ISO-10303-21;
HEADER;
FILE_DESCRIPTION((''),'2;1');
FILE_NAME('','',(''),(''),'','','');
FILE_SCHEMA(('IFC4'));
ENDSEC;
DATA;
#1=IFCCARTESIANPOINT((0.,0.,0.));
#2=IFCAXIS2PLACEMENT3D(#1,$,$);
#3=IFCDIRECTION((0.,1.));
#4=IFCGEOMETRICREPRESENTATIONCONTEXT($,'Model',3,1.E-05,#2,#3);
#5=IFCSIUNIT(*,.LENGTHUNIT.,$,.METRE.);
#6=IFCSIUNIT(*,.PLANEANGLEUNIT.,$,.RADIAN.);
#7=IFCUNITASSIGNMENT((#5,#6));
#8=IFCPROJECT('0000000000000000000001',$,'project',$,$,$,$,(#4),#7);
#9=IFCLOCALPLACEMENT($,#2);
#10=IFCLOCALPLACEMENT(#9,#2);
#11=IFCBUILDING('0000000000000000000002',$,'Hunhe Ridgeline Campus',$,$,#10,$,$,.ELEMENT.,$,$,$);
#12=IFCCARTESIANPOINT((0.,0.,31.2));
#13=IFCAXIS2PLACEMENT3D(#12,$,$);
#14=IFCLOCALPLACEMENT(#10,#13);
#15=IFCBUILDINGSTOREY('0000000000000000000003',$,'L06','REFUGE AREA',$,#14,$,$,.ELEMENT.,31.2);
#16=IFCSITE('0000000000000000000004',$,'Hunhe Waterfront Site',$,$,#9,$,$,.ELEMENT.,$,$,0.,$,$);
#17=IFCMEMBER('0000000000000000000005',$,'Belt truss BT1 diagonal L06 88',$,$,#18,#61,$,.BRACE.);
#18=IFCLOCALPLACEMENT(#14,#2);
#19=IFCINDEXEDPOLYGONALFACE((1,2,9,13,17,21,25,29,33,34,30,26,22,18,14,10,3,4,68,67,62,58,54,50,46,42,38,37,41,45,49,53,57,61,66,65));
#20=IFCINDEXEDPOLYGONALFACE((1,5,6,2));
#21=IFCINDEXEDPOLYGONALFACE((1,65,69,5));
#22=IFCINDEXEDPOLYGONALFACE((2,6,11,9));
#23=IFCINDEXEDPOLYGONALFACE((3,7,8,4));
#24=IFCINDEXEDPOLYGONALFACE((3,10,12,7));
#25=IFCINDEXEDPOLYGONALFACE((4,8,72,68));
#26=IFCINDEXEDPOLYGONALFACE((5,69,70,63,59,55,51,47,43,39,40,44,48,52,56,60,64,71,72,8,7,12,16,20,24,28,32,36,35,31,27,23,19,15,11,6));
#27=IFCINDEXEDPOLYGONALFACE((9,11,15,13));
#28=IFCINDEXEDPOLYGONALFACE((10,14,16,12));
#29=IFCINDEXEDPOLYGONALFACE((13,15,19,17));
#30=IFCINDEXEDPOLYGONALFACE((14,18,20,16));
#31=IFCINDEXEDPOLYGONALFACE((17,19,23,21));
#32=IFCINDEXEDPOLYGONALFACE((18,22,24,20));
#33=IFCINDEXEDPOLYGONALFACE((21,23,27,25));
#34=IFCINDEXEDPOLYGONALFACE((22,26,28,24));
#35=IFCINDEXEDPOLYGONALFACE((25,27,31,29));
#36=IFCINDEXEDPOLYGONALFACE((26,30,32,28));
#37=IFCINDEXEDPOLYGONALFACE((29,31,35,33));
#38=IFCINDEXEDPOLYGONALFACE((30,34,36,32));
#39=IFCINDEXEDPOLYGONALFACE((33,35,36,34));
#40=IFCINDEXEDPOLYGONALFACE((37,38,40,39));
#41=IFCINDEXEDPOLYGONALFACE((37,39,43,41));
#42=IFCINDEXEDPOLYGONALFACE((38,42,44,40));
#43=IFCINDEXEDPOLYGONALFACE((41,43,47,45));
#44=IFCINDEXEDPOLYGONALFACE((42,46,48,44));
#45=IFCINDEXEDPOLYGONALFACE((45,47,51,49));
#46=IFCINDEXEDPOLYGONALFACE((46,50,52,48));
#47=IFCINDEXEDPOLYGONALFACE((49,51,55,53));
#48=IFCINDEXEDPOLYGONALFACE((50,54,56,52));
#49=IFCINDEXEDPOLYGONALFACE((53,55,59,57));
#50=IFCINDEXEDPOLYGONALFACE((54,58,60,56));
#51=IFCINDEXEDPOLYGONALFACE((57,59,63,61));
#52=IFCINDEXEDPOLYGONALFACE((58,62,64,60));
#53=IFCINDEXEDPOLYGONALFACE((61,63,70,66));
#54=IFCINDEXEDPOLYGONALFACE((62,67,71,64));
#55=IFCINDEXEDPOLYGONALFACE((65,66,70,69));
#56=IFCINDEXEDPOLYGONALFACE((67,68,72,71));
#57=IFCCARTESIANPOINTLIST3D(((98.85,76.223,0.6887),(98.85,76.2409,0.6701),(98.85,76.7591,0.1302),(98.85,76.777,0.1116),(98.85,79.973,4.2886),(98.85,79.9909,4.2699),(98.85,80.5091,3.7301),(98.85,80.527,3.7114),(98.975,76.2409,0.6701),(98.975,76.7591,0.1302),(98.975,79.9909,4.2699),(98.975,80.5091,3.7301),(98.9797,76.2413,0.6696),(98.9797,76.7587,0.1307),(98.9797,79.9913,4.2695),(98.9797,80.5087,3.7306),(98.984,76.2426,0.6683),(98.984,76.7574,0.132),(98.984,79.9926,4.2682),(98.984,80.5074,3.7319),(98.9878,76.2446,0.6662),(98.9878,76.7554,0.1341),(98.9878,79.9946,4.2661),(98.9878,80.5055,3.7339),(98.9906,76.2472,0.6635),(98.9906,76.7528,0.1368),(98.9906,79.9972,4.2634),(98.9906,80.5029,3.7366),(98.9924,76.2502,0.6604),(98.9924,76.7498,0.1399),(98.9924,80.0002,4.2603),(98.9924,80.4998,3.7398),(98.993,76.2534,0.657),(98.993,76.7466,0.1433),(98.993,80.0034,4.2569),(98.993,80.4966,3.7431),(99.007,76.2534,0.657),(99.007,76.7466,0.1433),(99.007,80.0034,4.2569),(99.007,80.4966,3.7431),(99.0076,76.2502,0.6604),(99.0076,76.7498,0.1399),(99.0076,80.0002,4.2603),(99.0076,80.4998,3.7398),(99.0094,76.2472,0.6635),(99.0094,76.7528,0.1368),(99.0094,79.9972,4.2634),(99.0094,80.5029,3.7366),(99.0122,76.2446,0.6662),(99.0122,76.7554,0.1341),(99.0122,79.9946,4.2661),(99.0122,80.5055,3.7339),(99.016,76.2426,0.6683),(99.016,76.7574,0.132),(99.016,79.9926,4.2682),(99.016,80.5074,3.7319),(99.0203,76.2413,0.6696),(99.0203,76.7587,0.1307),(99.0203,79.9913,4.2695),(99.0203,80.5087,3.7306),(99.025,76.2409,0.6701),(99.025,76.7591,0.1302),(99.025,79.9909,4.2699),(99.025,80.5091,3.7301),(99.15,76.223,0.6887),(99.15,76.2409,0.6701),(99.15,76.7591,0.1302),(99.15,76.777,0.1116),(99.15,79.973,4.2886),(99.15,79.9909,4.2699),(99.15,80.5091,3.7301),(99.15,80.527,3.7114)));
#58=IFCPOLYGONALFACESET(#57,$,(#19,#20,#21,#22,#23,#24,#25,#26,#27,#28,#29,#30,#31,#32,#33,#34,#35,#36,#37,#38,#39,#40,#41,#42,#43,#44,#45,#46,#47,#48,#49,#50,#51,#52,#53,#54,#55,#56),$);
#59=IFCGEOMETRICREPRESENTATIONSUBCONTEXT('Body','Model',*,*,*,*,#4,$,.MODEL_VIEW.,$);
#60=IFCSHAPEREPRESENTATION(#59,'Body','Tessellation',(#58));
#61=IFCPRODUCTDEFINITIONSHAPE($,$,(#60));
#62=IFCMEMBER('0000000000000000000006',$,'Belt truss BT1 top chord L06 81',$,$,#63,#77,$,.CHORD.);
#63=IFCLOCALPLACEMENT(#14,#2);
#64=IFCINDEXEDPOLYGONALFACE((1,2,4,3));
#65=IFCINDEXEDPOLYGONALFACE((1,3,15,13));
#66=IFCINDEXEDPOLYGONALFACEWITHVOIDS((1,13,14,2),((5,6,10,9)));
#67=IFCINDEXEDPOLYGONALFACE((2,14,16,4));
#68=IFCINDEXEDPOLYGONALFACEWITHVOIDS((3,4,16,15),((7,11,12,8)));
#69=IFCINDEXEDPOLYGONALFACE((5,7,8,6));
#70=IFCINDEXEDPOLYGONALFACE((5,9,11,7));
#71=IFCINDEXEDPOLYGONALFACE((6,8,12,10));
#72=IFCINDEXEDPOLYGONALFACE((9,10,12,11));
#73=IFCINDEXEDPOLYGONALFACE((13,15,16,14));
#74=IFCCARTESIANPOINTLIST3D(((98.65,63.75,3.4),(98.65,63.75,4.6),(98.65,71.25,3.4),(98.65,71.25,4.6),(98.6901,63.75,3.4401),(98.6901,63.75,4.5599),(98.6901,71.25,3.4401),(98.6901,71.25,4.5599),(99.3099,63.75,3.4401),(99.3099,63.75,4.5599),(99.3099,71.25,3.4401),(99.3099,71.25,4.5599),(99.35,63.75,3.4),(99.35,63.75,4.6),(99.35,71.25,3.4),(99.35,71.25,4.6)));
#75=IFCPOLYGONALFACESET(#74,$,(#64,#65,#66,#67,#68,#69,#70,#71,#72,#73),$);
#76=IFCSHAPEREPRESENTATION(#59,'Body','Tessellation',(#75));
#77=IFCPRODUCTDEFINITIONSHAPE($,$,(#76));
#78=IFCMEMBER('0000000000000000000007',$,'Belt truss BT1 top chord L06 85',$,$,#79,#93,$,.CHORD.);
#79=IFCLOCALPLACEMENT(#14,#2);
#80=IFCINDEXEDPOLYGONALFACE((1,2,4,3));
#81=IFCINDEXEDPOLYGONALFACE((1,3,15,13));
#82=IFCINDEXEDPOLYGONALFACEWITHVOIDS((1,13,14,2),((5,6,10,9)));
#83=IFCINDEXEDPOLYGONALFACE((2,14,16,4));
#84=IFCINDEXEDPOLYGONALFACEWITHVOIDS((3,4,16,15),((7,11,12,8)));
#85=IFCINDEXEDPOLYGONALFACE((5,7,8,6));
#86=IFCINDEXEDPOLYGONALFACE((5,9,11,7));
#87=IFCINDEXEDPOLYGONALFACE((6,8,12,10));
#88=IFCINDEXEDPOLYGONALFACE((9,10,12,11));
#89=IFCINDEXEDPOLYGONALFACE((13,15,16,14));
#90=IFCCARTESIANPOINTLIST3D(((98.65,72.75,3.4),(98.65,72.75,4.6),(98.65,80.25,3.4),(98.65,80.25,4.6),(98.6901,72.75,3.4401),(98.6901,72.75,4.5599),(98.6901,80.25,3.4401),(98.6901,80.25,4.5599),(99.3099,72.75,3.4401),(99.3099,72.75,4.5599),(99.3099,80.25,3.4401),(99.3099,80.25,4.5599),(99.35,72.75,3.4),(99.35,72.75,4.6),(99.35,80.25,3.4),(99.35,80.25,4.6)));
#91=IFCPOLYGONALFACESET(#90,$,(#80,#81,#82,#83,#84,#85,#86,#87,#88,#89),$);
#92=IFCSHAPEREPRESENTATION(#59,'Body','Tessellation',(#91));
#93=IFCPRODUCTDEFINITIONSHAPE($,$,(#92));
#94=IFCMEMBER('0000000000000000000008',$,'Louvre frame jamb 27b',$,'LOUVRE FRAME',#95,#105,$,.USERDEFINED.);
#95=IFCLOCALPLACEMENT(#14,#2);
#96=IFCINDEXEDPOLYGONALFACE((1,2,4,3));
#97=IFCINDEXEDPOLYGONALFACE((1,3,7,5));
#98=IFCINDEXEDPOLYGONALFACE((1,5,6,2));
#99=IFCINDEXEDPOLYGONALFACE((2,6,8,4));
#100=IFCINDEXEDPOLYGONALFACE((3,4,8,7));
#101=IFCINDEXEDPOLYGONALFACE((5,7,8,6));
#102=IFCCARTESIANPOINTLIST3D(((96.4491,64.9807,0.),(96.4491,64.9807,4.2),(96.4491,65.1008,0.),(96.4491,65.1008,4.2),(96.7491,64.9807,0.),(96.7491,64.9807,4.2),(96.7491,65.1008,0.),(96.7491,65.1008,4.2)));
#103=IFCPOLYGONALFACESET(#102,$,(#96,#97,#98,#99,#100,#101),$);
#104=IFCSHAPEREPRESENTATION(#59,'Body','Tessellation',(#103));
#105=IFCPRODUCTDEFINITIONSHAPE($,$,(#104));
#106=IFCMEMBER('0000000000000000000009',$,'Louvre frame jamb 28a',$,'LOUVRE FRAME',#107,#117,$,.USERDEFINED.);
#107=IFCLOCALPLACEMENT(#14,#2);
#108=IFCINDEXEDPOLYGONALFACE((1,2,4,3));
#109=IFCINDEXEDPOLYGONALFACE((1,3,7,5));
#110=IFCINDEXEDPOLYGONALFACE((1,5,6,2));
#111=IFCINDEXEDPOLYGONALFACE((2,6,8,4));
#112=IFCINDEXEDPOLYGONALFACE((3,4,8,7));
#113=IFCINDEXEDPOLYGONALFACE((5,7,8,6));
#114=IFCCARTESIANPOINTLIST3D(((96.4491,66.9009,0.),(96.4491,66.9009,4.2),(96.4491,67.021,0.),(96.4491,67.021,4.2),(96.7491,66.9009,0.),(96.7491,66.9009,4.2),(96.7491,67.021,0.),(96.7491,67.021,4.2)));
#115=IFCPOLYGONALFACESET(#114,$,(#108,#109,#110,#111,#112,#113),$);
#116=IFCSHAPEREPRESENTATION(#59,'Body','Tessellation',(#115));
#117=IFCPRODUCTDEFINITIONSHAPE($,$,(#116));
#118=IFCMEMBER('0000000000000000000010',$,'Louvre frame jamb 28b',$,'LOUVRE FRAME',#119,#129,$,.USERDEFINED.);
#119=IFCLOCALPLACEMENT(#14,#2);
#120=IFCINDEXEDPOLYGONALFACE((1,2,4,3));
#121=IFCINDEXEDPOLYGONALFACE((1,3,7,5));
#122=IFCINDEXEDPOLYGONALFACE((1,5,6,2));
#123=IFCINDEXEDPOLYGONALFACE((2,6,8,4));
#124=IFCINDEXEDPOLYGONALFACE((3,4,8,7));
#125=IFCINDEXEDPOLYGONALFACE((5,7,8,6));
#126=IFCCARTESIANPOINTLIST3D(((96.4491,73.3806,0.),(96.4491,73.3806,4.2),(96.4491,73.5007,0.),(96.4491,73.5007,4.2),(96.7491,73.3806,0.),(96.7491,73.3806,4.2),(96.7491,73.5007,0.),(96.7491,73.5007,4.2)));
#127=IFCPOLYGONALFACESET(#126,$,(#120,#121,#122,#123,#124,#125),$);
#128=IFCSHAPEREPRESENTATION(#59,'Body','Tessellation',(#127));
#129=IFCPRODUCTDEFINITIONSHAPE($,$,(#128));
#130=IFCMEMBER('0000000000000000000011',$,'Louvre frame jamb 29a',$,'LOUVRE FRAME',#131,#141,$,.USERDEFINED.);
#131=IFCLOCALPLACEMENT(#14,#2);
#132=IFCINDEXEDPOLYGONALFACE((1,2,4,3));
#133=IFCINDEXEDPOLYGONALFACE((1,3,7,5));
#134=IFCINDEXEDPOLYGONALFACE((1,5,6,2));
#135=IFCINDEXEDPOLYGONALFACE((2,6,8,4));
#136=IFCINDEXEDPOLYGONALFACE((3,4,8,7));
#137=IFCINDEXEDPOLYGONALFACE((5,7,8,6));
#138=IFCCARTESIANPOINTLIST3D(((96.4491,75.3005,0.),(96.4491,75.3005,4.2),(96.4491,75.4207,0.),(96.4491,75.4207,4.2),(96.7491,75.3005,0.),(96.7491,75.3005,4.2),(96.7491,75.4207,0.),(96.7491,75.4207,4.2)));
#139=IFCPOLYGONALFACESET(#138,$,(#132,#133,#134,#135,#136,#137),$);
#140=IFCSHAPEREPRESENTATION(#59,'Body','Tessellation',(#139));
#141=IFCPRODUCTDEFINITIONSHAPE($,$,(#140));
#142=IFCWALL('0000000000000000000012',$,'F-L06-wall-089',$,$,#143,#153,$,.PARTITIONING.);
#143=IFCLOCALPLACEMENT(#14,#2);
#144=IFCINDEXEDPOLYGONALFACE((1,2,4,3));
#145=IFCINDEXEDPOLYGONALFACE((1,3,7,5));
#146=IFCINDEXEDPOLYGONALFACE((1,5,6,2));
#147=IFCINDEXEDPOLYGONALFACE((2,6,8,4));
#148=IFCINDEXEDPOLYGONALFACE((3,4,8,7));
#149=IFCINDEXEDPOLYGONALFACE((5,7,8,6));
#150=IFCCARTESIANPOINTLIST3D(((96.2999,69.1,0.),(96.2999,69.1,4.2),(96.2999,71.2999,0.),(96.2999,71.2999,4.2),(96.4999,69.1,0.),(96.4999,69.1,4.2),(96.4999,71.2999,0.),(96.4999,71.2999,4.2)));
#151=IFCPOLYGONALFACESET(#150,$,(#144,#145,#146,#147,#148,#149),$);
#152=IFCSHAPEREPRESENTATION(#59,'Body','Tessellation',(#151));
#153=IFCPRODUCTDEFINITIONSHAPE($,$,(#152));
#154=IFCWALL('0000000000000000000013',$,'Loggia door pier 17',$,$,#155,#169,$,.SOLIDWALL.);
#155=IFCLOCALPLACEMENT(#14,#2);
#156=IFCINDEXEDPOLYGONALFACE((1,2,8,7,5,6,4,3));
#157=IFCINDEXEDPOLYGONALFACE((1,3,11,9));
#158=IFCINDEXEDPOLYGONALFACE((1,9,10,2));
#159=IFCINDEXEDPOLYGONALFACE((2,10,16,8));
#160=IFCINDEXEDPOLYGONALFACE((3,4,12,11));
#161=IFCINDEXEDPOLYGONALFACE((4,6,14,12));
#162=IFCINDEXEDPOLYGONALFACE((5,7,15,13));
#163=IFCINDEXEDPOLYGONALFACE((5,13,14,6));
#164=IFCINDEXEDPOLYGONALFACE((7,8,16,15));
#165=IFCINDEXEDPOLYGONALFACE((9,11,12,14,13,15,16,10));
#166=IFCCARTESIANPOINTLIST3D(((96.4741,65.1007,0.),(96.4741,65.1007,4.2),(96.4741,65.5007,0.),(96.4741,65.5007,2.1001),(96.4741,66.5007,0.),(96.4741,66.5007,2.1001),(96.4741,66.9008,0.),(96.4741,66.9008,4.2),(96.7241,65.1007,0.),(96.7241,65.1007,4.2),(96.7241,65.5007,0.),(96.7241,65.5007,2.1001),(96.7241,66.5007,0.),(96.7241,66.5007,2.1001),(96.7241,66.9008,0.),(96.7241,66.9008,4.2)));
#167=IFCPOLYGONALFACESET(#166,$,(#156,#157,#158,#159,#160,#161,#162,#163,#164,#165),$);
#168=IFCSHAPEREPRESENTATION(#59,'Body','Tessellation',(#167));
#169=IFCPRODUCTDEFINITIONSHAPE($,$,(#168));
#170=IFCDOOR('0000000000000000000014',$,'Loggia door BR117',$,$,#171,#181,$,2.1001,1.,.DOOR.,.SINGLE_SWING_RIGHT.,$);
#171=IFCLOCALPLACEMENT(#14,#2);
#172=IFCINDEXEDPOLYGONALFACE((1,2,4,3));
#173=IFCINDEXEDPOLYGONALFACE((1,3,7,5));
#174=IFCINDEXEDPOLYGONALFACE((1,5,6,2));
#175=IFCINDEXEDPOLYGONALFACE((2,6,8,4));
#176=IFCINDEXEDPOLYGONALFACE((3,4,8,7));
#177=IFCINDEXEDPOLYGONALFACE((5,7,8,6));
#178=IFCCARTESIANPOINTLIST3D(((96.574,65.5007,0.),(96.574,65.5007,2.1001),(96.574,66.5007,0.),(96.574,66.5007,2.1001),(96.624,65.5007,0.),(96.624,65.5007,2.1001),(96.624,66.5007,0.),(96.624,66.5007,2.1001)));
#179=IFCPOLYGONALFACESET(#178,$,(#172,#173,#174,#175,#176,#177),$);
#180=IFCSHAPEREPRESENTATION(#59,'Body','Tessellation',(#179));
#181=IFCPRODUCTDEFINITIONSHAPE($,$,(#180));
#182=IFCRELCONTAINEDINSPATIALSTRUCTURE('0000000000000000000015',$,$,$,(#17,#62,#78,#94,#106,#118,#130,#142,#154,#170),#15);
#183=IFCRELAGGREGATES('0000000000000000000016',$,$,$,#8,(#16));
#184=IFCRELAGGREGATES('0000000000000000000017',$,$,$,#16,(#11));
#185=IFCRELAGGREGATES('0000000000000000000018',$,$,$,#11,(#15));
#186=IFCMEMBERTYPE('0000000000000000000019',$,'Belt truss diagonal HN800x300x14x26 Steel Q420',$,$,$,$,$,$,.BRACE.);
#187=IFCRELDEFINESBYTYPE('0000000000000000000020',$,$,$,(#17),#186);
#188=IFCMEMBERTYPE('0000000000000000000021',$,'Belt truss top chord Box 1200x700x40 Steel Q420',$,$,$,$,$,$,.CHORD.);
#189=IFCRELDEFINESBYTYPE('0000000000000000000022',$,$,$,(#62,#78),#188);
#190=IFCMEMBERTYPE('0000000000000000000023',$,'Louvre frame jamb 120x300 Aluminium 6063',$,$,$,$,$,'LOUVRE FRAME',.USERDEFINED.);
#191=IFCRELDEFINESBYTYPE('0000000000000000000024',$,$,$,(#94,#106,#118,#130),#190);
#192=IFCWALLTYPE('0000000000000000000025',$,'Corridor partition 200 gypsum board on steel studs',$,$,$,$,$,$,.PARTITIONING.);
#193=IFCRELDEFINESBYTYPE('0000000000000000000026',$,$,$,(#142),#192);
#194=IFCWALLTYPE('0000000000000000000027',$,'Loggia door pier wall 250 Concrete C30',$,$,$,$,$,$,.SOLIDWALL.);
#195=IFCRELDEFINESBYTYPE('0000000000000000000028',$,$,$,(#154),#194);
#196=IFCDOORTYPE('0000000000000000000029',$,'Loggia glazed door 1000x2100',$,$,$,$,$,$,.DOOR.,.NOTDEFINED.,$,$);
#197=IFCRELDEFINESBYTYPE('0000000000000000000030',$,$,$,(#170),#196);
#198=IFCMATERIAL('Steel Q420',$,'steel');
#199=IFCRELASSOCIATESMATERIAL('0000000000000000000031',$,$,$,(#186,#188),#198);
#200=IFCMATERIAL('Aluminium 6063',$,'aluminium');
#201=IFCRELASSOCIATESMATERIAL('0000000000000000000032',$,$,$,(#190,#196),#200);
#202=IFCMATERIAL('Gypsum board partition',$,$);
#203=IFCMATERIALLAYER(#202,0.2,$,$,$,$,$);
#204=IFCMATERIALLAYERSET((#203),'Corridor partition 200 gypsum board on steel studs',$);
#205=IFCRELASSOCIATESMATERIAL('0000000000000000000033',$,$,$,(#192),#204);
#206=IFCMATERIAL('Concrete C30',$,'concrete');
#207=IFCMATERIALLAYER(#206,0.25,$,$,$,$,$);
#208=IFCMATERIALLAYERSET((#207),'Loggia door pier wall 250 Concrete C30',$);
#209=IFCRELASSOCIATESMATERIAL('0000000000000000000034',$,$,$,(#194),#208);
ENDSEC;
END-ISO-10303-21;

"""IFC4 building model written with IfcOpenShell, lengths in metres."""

from ifc_helpers import new_model, si_unit, direction, frame, frame_2d, origin, origin_2d, place, context, subcontext, project, spatial, rectangle, hollow_rectangle, i_section, extrude, material, layer, layer_set, material_profile, profile_set, type_object, element, fill, save


model = new_model("IFC4")

# Units and contexts
model_context = context("Model", 3, precision=1e-05, world=origin(), true_north=direction((0.0, 1.0)))
body_context = subcontext(model_context, "Body", "Model", "MODEL_VIEW")
ifc_project = project(units=[si_unit("LENGTHUNIT", "METRE"), si_unit("PLANEANGLEUNIT", "RADIAN")], contexts=[model_context])

# Site, building, storey
site_placement = place(None, origin())
site = spatial("IfcSite", under=ifc_project, at=site_placement, Name="Hunhe Waterfront Site", CompositionType="ELEMENT", RefElevation=0.0)
building_placement = place(site_placement, origin())
building = spatial("IfcBuilding", under=site, at=building_placement, Name="Hunhe Ridgeline Campus", CompositionType="ELEMENT")
storey_placement = place(building_placement, frame((0.0, 0.0, 31.2)))
storey = spatial("IfcBuildingStorey", under=building, at=storey_placement, Name="L06", Description="REFUGE AREA", CompositionType="ELEMENT", Elevation=31.2)

# Members
ifc_material_1 = material(Name="Steel Q420", Category="steel")
ifc_material_profile_1 = material_profile(ifc_material_1, i_section(OverallWidth=0.3, OverallDepth=0.8, WebThickness=0.0139, FlangeThickness=0.0259, FilletRadius=0.0181, at=origin_2d()))
ifc_profile_set_1 = profile_set([ifc_material_profile_1], Name="Steel Q420")
member_type_1 = type_object("IfcMemberType", Name="Belt truss diagonal HN800x300x14x26 Steel Q420", PredefinedType="BRACE", material=ifc_profile_set_1)
for number, where, z_axis, x_axis, name in (
    (1, (99.0, 76.5, 0.4001), (0.0, 0.721401, 0.692517), (-1.0, 0.0, 0.0), "Belt truss BT1 diagonal L06 88"),
):
    element("IfcMember", number, at=place(storey_placement, frame(where, z_axis=z_axis, x_axis=x_axis)), inside=storey, type_object=member_type_1, Name=name, PredefinedType="BRACE", context=body_context, shape_type="SweptSolid", body=[
        extrude(i_section(OverallWidth=0.3, OverallDepth=0.8, WebThickness=0.0139, FlangeThickness=0.0259, FilletRadius=0.0181, at=origin_2d()), origin(), (0.0, 0.0, 1.0), 5.1982),
    ])
ifc_material_profile_2 = material_profile(ifc_material_1, hollow_rectangle(XDim=0.7, YDim=1.2, WallThickness=0.04, at=origin_2d()))
ifc_profile_set_2 = profile_set([ifc_material_profile_2], Name="Steel Q420")
member_type_2 = type_object("IfcMemberType", Name="Belt truss top chord Box 1200x700x40 Steel Q420", PredefinedType="CHORD", material=ifc_profile_set_2)
for number, where, z_axis, x_axis, name in (
    (2, (99.0, 63.75, 4.0), (0.0, 1.0, 0.0), (-1.0, 0.0, 0.0), "Belt truss BT1 top chord L06 81"),
    (3, (99.0, 72.75, 4.0), (0.0, 1.0, 0.0), (-1.0, 0.0, 0.0), "Belt truss BT1 top chord L06 85"),
):
    element("IfcMember", number, at=place(storey_placement, frame(where, z_axis=z_axis, x_axis=x_axis)), inside=storey, type_object=member_type_2, Name=name, PredefinedType="CHORD", context=body_context, shape_type="SweptSolid", body=[
        extrude(hollow_rectangle(XDim=0.7, YDim=1.2, WallThickness=0.04, at=origin_2d()), origin(), (0.0, 0.0, 1.0), 7.5),
    ])
ifc_material_2 = material(Name="Aluminium 6063", Category="aluminium")
ifc_material_profile_3 = material_profile(ifc_material_2, rectangle(XDim=0.3, YDim=0.1201, at=origin_2d()))
ifc_profile_set_3 = profile_set([ifc_material_profile_3], Name="Aluminium 6063")
member_type_3 = type_object("IfcMemberType", Name="Louvre frame jamb 120x300 Aluminium 6063", ElementType="LOUVRE FRAME", PredefinedType="USERDEFINED", material=ifc_profile_set_3)
for number, where, z_axis, x_axis, name in (
    (4, (96.5991, 65.0408, 0.0), (0.0, 0.0, 1.0), (-1.0, 0.0, 0.0), "Louvre frame jamb 27b"),
    (5, (96.5991, 66.9609, 0.0), (0.0, 0.0, 1.0), (-1.0, 0.0, 0.0), "Louvre frame jamb 28a"),
    (6, (96.5991, 73.4407, 0.0), (0.0, 0.0, 1.0), (-1.0, 0.0, 0.0), "Louvre frame jamb 28b"),
    (7, (96.5991, 75.3606, 0.0), (0.0, 0.0, 1.0), (-1.0, 0.0, 0.0), "Louvre frame jamb 29a"),
):
    element("IfcMember", number, at=place(storey_placement, frame(where, z_axis=z_axis, x_axis=x_axis)), inside=storey, type_object=member_type_3, Name=name, ObjectType="LOUVRE FRAME", PredefinedType="USERDEFINED", context=body_context, shape_type="SweptSolid", body=[
        extrude(rectangle(XDim=0.3, YDim=0.1201, at=origin_2d()), origin(), (0.0, 0.0, 1.0), 4.2),
    ])

# Shared definitions
ifc_material_3 = material(Name="Gypsum board partition")
ifc_layer_1 = layer(ifc_material_3, 0.2)
ifc_layer_set_1 = layer_set([ifc_layer_1], Name="Corridor partition 200 gypsum board on steel studs")
wall_type_1 = type_object("IfcWallType", Name="Corridor partition 200 gypsum board on steel studs", PredefinedType="PARTITIONING", material=ifc_layer_set_1)

# Wall
wall_1_placement = place(storey_placement, frame((96.3999, 71.3, 0.0), z_axis=(0.0, 0.0, 1.0), x_axis=(0.0, -1.0, 0.0)))
element("IfcWall", 8, at=wall_1_placement, inside=storey, type_object=wall_type_1, Name="F-L06-wall-089", PredefinedType="PARTITIONING", context=body_context, shape_type="SweptSolid", body=[
    extrude(rectangle(XDim=2.2, YDim=0.2, at=frame_2d((1.1001, 0.0))), origin(), (0.0, 0.0, 1.0), 4.2),
])

# Wall, opening, door
ifc_material_4 = material(Name="Concrete C30", Category="concrete")
ifc_layer_2 = layer(ifc_material_4, 0.25)
ifc_layer_set_2 = layer_set([ifc_layer_2], Name="Loggia door pier wall 250 Concrete C30")
wall_type_2 = type_object("IfcWallType", Name="Loggia door pier wall 250 Concrete C30", PredefinedType="SOLIDWALL", material=ifc_layer_set_2)
wall_2_placement = place(storey_placement, frame((96.5991, 65.1008, 0.0), z_axis=(0.0, 0.0, 1.0), x_axis=(0.0, 1.0, 0.0)))
wall_2 = element("IfcWall", 9, at=wall_2_placement, inside=storey, type_object=wall_type_2, Name="Loggia door pier 17", PredefinedType="SOLIDWALL", context=body_context, shape_type="SweptSolid", body=[
    extrude(rectangle(XDim=1.8, YDim=0.25, at=frame_2d((0.8999, 0.0))), origin(), (0.0, 0.0, 1.0), 4.2),
])
opening_1_placement = place(wall_2_placement, frame((0.3999, 0.0, 0.0)))
opening_1 = element("IfcOpeningElement", 10, at=opening_1_placement, cuts=wall_2, PredefinedType="OPENING", context=body_context, shape_type="SweptSolid", body=[
    extrude(rectangle(XDim=1.0, YDim=2.1001, at=frame_2d((0.5, 1.05))), frame((0.0, 0.125, 0.0), z_axis=(0.0, -1.0, 0.0), x_axis=(1.0, 0.0, 0.0)), (0.0, 0.0, 1.0), 0.25),
])
door_type_1 = type_object("IfcDoorType", Name="Loggia glazed door 1000x2100", OperationType="NOTDEFINED", PredefinedType="DOOR", material=ifc_material_2)
door_1_placement = place(opening_1_placement, frame((1.0, 0.0, 0.0), z_axis=(0.0, 0.0, 1.0), x_axis=(-1.0, 0.0, 0.0)))
door_1 = element("IfcDoor", 11, at=door_1_placement, inside=storey, type_object=door_type_1, Name="Loggia door BR117", OperationType="SINGLE_SWING_RIGHT", OverallHeight=2.1001, OverallWidth=1.0, PredefinedType="DOOR", context=body_context, shape_type="SweptSolid", body=[
    extrude(rectangle(XDim=1.0, YDim=2.1001, at=frame_2d((0.5, 1.05))), frame((0.0, 0.0249, 0.0), z_axis=(0.0, -1.0, 0.0), x_axis=(1.0, 0.0, 0.0)), (0.0, 0.0, 1.0), 0.05),
])
fill(opening_1, door_1)

save(model, "model.ifc")
